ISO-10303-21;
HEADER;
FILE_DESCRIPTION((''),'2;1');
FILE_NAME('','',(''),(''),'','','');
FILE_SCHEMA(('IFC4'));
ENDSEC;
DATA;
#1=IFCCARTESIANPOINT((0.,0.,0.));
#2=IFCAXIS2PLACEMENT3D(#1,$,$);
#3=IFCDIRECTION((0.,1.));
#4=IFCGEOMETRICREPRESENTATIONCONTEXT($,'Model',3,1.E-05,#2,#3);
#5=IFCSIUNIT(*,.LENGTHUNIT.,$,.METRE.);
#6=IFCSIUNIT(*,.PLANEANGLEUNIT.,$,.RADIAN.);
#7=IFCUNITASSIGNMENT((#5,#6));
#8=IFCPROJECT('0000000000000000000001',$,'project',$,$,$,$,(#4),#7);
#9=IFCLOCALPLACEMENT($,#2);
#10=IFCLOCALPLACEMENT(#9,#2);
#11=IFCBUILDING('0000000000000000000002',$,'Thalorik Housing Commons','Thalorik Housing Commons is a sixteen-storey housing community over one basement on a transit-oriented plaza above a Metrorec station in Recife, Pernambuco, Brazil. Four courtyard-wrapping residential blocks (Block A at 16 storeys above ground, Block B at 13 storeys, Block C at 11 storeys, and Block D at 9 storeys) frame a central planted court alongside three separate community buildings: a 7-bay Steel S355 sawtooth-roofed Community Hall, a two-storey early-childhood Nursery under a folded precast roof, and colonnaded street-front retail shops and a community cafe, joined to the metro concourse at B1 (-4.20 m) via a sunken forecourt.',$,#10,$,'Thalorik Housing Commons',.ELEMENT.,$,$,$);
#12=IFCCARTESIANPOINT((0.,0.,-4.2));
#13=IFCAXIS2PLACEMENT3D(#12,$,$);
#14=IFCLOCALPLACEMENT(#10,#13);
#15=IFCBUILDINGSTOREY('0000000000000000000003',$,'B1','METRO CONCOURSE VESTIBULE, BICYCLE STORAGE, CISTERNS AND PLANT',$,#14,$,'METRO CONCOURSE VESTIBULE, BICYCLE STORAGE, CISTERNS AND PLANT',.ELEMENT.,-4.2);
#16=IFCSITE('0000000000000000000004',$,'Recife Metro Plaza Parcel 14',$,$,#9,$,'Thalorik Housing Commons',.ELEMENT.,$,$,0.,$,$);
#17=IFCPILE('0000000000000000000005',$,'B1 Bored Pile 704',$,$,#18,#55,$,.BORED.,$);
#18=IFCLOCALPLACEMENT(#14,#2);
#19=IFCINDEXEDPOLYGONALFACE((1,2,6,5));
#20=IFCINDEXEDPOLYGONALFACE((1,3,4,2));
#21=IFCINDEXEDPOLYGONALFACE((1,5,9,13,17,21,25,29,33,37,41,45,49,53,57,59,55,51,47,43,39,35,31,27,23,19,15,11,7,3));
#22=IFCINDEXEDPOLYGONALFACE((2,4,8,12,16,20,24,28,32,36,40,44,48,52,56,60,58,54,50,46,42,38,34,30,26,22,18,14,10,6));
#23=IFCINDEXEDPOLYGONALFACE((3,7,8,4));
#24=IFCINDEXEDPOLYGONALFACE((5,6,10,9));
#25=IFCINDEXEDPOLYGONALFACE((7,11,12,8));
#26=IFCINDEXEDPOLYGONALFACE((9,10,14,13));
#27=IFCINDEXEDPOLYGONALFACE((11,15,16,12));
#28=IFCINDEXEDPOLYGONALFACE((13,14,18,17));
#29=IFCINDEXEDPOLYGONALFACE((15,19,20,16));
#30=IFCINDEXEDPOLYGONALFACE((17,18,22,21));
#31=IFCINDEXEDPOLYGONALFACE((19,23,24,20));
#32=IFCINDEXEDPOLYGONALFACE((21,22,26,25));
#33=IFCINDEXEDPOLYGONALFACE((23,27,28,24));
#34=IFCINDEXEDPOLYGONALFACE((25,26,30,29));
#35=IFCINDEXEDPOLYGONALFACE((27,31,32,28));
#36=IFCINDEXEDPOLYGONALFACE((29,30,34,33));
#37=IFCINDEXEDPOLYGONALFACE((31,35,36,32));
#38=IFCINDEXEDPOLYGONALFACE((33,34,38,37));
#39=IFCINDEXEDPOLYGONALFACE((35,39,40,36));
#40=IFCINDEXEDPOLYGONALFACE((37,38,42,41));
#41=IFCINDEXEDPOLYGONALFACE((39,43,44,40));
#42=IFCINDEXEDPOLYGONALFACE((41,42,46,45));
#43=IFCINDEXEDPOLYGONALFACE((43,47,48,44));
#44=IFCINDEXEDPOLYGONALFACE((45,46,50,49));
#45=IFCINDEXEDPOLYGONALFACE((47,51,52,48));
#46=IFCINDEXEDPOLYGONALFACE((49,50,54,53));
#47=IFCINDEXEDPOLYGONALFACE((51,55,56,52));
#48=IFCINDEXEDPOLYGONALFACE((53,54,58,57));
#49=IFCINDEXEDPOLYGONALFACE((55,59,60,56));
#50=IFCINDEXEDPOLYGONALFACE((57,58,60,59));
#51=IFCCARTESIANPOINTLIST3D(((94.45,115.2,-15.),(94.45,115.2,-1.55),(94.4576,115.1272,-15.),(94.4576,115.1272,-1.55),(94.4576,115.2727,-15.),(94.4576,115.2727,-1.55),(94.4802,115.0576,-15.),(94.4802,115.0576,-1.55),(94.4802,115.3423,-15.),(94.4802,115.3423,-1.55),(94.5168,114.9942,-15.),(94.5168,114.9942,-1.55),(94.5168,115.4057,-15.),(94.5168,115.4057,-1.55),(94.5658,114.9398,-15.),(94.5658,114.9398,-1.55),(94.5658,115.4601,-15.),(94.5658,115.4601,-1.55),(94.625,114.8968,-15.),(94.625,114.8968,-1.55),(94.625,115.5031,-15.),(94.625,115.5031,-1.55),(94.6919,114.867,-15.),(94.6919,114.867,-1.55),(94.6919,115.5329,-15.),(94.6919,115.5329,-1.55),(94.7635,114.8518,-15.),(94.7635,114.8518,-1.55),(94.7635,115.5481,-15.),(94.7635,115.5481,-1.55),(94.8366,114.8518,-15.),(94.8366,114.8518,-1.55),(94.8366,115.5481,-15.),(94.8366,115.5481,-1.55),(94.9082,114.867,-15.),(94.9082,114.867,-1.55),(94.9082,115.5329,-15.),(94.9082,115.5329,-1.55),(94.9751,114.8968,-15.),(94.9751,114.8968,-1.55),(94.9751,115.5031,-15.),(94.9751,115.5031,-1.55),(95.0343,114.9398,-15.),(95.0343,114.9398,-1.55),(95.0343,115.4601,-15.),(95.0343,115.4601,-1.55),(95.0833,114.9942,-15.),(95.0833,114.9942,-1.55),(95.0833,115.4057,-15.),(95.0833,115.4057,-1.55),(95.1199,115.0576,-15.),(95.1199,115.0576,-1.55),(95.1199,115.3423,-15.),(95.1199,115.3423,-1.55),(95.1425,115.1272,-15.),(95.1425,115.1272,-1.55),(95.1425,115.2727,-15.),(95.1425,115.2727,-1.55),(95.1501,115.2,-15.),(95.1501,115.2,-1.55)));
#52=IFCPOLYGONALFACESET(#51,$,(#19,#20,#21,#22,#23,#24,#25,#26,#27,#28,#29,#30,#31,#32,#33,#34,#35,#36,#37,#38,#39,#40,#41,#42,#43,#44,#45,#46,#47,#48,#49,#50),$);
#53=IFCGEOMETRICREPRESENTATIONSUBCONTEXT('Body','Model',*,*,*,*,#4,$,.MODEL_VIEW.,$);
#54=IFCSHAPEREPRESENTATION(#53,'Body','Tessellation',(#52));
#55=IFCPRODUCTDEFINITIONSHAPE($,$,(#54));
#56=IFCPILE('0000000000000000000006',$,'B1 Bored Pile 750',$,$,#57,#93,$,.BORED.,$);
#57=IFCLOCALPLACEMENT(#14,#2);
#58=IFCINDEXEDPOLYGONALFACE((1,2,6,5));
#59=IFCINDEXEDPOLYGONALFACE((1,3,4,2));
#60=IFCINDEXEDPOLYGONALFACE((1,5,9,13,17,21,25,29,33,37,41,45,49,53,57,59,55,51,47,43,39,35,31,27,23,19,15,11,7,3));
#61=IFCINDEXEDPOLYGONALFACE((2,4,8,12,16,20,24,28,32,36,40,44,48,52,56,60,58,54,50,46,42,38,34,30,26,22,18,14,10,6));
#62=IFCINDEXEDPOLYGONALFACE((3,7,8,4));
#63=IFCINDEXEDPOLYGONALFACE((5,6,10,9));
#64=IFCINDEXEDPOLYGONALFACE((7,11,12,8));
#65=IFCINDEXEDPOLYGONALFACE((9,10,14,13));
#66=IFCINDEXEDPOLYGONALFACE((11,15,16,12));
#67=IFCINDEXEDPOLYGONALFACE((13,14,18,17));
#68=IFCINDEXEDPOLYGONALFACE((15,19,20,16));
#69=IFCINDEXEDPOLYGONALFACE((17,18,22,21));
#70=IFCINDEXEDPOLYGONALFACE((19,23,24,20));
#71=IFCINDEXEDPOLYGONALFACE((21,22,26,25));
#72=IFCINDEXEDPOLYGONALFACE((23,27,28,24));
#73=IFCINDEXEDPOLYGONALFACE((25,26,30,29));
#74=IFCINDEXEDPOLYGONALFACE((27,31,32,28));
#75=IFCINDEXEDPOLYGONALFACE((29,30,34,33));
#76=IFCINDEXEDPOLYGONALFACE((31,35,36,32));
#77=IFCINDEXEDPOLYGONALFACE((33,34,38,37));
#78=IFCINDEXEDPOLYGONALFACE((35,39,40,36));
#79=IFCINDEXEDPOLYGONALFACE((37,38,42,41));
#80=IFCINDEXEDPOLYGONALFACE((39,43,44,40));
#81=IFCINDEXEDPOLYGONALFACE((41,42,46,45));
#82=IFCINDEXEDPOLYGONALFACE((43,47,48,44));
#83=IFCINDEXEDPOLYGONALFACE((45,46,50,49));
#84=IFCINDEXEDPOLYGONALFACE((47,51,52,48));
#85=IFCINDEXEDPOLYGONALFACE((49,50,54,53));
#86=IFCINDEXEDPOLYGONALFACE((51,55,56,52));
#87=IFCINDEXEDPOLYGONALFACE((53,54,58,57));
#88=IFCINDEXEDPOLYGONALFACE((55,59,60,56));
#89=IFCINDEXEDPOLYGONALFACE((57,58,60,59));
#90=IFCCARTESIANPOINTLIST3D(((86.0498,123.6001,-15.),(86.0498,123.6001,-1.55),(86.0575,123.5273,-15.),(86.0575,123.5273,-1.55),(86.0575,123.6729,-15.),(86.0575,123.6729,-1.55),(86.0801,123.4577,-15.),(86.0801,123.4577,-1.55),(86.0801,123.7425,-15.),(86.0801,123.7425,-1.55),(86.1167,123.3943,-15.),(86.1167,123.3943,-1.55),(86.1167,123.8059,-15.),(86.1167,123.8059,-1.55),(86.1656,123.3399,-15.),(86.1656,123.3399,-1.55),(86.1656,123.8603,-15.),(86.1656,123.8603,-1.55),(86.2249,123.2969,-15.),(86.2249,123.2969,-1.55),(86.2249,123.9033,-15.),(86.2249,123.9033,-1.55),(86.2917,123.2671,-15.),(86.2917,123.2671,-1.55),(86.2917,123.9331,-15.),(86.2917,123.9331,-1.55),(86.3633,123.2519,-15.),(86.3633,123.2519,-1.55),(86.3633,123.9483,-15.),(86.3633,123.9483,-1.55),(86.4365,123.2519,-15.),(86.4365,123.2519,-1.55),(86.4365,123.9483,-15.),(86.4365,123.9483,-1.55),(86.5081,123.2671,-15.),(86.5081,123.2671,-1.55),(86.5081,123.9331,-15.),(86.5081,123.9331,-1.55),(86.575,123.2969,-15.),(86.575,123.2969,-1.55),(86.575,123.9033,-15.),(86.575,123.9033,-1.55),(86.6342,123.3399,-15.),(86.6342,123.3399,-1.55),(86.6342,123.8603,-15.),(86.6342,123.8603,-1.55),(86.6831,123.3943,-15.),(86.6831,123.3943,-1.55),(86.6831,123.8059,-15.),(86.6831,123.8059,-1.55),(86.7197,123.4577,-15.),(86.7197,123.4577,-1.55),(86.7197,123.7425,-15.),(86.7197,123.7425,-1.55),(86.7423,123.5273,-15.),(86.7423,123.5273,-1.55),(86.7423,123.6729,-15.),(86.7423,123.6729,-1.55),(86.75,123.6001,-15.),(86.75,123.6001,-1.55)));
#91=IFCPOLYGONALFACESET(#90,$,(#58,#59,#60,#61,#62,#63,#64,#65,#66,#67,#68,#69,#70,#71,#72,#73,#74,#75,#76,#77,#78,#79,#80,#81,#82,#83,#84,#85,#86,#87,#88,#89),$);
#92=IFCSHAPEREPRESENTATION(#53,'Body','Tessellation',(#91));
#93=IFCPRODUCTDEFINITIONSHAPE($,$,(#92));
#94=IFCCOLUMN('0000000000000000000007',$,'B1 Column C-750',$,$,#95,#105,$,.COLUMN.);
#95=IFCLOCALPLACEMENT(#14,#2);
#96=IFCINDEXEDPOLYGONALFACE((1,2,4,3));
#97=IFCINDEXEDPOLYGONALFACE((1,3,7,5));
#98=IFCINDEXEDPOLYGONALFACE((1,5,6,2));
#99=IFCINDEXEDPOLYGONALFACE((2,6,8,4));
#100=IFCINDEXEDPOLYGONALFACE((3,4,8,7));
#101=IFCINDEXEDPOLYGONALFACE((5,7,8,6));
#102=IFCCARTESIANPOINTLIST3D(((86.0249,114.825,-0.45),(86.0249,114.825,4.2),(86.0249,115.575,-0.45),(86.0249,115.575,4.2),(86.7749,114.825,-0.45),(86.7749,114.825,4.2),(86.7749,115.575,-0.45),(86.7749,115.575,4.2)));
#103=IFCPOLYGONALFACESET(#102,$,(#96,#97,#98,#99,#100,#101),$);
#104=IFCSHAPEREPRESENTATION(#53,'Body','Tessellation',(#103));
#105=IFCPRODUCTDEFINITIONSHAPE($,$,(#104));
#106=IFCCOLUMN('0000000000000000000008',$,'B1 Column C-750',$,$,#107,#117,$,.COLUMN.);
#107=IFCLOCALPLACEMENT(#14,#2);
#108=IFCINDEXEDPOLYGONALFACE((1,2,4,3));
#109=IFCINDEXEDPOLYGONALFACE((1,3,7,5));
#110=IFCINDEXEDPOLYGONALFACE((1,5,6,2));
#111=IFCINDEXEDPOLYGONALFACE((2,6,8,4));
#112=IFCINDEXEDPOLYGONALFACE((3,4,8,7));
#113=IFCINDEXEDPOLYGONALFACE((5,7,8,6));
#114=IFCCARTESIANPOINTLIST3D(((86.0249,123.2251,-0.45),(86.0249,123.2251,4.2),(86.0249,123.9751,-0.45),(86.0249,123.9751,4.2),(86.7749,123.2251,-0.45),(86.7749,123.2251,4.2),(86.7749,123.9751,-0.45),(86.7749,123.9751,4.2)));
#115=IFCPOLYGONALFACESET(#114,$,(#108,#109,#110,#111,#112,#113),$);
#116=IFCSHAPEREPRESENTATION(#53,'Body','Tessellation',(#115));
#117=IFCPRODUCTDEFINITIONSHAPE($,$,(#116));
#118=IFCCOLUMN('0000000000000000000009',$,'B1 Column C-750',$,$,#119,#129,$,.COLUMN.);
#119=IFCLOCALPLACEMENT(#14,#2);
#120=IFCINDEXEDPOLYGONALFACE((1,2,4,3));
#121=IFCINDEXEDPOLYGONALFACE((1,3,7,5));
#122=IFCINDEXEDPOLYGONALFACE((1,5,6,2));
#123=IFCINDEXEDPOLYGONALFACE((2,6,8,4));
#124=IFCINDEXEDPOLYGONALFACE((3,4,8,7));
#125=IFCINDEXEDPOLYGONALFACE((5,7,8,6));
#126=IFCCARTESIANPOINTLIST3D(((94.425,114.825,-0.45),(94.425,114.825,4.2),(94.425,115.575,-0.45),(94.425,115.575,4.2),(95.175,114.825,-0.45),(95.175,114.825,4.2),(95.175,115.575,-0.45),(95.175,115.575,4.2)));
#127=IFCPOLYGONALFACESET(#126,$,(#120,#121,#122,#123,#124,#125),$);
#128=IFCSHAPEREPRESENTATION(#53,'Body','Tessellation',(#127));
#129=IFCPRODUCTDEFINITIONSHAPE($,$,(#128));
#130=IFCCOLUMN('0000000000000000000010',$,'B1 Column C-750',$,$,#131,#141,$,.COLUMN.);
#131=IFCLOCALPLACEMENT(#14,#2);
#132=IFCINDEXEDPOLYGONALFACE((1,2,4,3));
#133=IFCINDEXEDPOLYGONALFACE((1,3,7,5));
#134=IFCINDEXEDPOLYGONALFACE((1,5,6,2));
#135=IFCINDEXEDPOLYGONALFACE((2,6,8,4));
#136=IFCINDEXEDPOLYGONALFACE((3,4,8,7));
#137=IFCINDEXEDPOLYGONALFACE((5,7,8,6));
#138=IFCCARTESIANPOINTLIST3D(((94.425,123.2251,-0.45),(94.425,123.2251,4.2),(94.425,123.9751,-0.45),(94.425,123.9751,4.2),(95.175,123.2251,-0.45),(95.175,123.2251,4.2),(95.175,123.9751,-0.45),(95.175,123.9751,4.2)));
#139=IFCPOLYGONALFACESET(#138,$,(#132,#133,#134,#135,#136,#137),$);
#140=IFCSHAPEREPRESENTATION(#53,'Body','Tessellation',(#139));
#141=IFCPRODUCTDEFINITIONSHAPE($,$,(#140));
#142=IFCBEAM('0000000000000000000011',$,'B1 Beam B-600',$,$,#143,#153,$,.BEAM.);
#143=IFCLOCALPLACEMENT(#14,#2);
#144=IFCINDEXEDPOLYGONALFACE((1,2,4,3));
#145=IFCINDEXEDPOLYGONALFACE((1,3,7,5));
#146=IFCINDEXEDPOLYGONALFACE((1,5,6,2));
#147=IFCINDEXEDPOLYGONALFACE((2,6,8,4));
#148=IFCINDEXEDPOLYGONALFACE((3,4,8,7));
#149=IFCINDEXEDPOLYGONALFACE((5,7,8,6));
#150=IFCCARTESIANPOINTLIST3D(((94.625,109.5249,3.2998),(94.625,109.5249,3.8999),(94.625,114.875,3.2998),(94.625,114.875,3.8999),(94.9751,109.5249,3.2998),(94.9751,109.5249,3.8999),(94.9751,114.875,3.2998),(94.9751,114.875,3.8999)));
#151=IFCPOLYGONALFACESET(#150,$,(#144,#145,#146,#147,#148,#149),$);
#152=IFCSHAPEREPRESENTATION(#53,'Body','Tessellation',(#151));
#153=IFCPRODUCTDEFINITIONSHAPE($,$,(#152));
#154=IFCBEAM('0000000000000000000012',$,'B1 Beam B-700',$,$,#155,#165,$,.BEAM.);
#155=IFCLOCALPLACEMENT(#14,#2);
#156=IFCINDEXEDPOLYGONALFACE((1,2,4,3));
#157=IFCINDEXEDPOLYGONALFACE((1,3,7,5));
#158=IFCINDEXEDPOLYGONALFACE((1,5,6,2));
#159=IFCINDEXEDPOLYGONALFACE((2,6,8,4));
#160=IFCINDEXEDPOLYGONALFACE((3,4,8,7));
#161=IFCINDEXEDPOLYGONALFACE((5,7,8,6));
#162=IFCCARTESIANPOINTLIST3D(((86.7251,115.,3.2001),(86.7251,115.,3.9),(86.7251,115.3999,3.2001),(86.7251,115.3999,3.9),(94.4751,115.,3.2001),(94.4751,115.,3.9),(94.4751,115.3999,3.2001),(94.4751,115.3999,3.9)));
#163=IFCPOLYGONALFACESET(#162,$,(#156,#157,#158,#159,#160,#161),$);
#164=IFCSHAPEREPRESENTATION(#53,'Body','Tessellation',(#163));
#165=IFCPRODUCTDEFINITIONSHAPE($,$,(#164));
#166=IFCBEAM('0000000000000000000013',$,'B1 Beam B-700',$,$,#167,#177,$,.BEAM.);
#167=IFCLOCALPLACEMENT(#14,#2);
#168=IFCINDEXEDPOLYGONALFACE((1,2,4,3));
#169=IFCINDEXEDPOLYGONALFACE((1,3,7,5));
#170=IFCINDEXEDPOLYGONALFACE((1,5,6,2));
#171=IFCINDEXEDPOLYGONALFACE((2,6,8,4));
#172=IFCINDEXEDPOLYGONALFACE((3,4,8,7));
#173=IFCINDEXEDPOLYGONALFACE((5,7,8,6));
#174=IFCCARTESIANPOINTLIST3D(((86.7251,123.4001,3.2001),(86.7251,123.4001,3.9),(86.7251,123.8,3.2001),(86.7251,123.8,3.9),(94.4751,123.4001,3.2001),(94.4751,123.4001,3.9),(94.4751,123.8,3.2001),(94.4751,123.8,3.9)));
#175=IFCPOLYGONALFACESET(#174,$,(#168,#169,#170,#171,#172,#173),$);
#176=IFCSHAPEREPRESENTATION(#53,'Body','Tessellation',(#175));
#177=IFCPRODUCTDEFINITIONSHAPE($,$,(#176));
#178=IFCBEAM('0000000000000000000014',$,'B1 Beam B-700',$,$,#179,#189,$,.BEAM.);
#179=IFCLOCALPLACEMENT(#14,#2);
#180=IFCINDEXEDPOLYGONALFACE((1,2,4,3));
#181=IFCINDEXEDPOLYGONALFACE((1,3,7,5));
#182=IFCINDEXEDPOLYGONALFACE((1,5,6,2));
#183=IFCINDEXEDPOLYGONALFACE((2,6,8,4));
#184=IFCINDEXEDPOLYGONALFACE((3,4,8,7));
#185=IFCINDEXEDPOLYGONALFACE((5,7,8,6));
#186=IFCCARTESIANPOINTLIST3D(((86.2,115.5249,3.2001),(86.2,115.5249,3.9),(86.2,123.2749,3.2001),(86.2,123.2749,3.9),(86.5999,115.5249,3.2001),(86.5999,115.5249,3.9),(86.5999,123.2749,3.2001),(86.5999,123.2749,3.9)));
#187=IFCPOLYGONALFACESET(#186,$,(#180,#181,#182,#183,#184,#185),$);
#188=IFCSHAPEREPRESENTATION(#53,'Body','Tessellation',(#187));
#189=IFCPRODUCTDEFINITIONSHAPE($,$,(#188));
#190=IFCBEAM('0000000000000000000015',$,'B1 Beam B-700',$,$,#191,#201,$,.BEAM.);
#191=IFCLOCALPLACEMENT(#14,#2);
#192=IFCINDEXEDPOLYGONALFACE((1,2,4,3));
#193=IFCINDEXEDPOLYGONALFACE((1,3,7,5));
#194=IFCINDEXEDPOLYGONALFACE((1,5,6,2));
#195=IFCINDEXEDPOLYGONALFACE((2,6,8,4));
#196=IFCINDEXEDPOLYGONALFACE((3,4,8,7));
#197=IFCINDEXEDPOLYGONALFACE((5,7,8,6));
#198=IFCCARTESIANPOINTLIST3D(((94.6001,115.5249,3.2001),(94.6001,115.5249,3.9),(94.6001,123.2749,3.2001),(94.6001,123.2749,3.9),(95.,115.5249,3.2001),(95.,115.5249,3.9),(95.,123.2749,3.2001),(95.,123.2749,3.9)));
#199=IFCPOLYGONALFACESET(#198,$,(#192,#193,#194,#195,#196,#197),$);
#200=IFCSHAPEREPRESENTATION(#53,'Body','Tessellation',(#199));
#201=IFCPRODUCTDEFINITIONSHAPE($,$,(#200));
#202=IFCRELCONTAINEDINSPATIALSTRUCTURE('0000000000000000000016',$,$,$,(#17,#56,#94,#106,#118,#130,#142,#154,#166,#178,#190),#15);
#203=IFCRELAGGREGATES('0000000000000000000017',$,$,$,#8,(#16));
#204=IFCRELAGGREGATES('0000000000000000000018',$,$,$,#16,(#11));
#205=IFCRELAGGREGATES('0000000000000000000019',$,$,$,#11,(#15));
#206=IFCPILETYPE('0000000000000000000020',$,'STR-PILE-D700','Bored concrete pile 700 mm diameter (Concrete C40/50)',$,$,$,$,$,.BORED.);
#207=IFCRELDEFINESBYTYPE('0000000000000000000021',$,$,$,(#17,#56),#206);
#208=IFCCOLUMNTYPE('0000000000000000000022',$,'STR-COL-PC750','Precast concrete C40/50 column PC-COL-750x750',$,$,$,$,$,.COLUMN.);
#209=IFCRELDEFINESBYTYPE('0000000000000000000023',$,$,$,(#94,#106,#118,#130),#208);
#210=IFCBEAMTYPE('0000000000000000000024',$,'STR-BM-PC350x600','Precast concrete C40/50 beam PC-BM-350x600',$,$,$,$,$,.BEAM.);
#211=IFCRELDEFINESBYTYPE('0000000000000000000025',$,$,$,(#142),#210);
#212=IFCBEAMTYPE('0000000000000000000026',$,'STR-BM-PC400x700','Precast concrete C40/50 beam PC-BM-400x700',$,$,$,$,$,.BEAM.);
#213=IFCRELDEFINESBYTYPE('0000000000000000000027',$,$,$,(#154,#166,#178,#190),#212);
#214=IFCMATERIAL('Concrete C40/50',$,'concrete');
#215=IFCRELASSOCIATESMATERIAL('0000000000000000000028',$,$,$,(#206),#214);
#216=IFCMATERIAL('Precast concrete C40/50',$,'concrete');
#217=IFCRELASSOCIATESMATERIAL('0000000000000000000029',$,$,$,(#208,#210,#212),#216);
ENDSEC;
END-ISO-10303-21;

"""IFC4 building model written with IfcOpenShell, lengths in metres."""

from ifc_helpers import new_model, si_unit, direction, frame, origin, origin_2d, place, context, subcontext, project, spatial, rectangle, circle, extrude, material, material_profile, profile_set, type_object, element, save


model = new_model("IFC4")

# Units and contexts
model_context = context("Model", 3, precision=1e-05, world=origin(), true_north=direction((0.0, 1.0)))
body_context = subcontext(model_context, "Body", "Model", "MODEL_VIEW")
ifc_project = project(units=[si_unit("LENGTHUNIT", "METRE"), si_unit("PLANEANGLEUNIT", "RADIAN")], contexts=[model_context])

# Site, building, storey
site_placement = place(None, origin())
site = spatial("IfcSite", under=ifc_project, at=site_placement, Name="Recife Metro Plaza Parcel 14", LongName="Thalorik Housing Commons", CompositionType="ELEMENT", RefElevation=0.0)
building_placement = place(site_placement, origin())
building = spatial("IfcBuilding", under=site, at=building_placement, Name="Thalorik Housing Commons", Description="Thalorik Housing Commons is a sixteen-storey housing community over one basement on a transit-oriented plaza above a Metrorec station in Recife, Pernambuco, Brazil. Four courtyard-wrapping residential blocks (Block A at 16 storeys above ground, Block B at 13 storeys, Block C at 11 storeys, and Block D at 9 storeys) frame a central planted court alongside three separate community buildings: a 7-bay Steel S355 sawtooth-roofed Community Hall, a two-storey early-childhood Nursery under a folded precast roof, and colonnaded street-front retail shops and a community cafe, joined to the metro concourse at B1 (-4.20 m) via a sunken forecourt.", LongName="Thalorik Housing Commons", CompositionType="ELEMENT")
storey_placement = place(building_placement, frame((0.0, 0.0, -4.2)))
storey = spatial("IfcBuildingStorey", under=building, at=storey_placement, Name="B1", Description="METRO CONCOURSE VESTIBULE, BICYCLE STORAGE, CISTERNS AND PLANT", LongName="METRO CONCOURSE VESTIBULE, BICYCLE STORAGE, CISTERNS AND PLANT", CompositionType="ELEMENT", Elevation=-4.2)

# Shared definitions
ifc_material_1 = material(Name="Concrete C40/50", Category="concrete")

# Piles
ifc_material_profile_1 = material_profile(ifc_material_1, circle(Radius=0.3501, at=origin_2d()), Name="BORED PILE D700", Category="concrete")
ifc_profile_set_1 = profile_set([ifc_material_profile_1], Name="Concrete C40/50")
pile_type = type_object("IfcPileType", Name="STR-PILE-D700", Description="Bored concrete pile 700 mm diameter (Concrete C40/50)", PredefinedType="BORED", material=ifc_profile_set_1)
for number, where, z_axis, x_axis, name in (
    (1, (94.8, 115.2, -1.55), (0.0, 0.0, -1.0), (1.0, 0.0, 0.0), "B1 Bored Pile 704"),
    (2, (86.3999, 123.6001, -1.55), (0.0, 0.0, -1.0), (1.0, 0.0, 0.0), "B1 Bored Pile 750"),
):
    element("IfcPile", number, at=place(storey_placement, frame(where, z_axis=z_axis, x_axis=x_axis)), inside=storey, type_object=pile_type, Name=name, PredefinedType="BORED", context=body_context, shape_type="SweptSolid", body=[
        extrude(circle(Radius=0.3501, at=origin_2d()), origin(), (0.0, 0.0, 1.0), 13.45),
    ])

# Columns
ifc_material_2 = material(Name="Precast concrete C40/50", Category="concrete")
ifc_material_profile_2 = material_profile(ifc_material_2, rectangle(XDim=0.75, YDim=0.75, at=origin_2d()), Name="PC 750x750", Category="concrete")
ifc_profile_set_2 = profile_set([ifc_material_profile_2], Name="Precast concrete C40/50")
column_type = type_object("IfcColumnType", Name="STR-COL-PC750", Description="Precast concrete C40/50 column PC-COL-750x750", PredefinedType="COLUMN", material=ifc_profile_set_2)
for number, where, z_axis, x_axis, name in (
    (3, (86.3999, 115.2, -0.45), (0.0, 0.0, 1.0), (1.0, 0.0, 0.0), "B1 Column C-750"),
    (4, (86.3999, 123.6001, -0.45), (0.0, 0.0, 1.0), (1.0, 0.0, 0.0), "B1 Column C-750"),
    (5, (94.8, 115.2, -0.45), (0.0, 0.0, 1.0), (1.0, 0.0, 0.0), "B1 Column C-750"),
    (6, (94.8, 123.6001, -0.45), (0.0, 0.0, 1.0), (1.0, 0.0, 0.0), "B1 Column C-750"),
):
    element("IfcColumn", number, at=place(storey_placement, frame(where, z_axis=z_axis, x_axis=x_axis)), inside=storey, type_object=column_type, Name=name, PredefinedType="COLUMN", context=body_context, shape_type="SweptSolid", body=[
        extrude(rectangle(XDim=0.75, YDim=0.75, at=origin_2d()), origin(), (0.0, 0.0, 1.0), 4.6499),
    ])

# Beams
ifc_material_profile_3 = material_profile(ifc_material_2, rectangle(XDim=0.3501, YDim=0.6001, at=origin_2d()), Name="PC 350x600", Category="concrete")
ifc_profile_set_3 = profile_set([ifc_material_profile_3], Name="Precast concrete C40/50")
beam_type_1 = type_object("IfcBeamType", Name="STR-BM-PC350x600", Description="Precast concrete C40/50 beam PC-BM-350x600", PredefinedType="BEAM", material=ifc_profile_set_3)
beam_1_placement = place(storey_placement, frame((94.8, 109.5249, 3.5999), z_axis=(0.0, 1.0, 0.0), x_axis=(-1.0, 0.0, 0.0)))
element("IfcBeam", 7, at=beam_1_placement, inside=storey, type_object=beam_type_1, Name="B1 Beam B-600", PredefinedType="BEAM", context=body_context, shape_type="SweptSolid", body=[
    extrude(rectangle(XDim=0.3501, YDim=0.6001, at=origin_2d()), origin(), (0.0, 0.0, 1.0), 5.3501),
])
ifc_material_profile_4 = material_profile(ifc_material_2, rectangle(XDim=0.3999, YDim=0.7, at=origin_2d()), Name="PC 400x700", Category="concrete")
ifc_profile_set_4 = profile_set([ifc_material_profile_4], Name="Precast concrete C40/50")
beam_type_2 = type_object("IfcBeamType", Name="STR-BM-PC400x700", Description="Precast concrete C40/50 beam PC-BM-400x700", PredefinedType="BEAM", material=ifc_profile_set_4)
for number, where, z_axis, x_axis, name in (
    (8, (86.7251, 115.2, 3.55), (1.0, 0.0, 0.0), (0.0, 1.0, 0.0), "B1 Beam B-700"),
    (9, (86.7251, 123.6001, 3.55), (1.0, 0.0, 0.0), (0.0, 1.0, 0.0), "B1 Beam B-700"),
    (10, (86.3999, 115.5249, 3.55), (0.0, 1.0, 0.0), (-1.0, 0.0, 0.0), "B1 Beam B-700"),
    (11, (94.8, 115.5249, 3.55), (0.0, 1.0, 0.0), (-1.0, 0.0, 0.0), "B1 Beam B-700"),
):
    element("IfcBeam", number, at=place(storey_placement, frame(where, z_axis=z_axis, x_axis=x_axis)), inside=storey, type_object=beam_type_2, Name=name, PredefinedType="BEAM", context=body_context, shape_type="SweptSolid", body=[
        extrude(rectangle(XDim=0.3999, YDim=0.7, at=origin_2d()), origin(), (0.0, 0.0, 1.0), 7.75),
    ])

save(model, "model.ifc")
